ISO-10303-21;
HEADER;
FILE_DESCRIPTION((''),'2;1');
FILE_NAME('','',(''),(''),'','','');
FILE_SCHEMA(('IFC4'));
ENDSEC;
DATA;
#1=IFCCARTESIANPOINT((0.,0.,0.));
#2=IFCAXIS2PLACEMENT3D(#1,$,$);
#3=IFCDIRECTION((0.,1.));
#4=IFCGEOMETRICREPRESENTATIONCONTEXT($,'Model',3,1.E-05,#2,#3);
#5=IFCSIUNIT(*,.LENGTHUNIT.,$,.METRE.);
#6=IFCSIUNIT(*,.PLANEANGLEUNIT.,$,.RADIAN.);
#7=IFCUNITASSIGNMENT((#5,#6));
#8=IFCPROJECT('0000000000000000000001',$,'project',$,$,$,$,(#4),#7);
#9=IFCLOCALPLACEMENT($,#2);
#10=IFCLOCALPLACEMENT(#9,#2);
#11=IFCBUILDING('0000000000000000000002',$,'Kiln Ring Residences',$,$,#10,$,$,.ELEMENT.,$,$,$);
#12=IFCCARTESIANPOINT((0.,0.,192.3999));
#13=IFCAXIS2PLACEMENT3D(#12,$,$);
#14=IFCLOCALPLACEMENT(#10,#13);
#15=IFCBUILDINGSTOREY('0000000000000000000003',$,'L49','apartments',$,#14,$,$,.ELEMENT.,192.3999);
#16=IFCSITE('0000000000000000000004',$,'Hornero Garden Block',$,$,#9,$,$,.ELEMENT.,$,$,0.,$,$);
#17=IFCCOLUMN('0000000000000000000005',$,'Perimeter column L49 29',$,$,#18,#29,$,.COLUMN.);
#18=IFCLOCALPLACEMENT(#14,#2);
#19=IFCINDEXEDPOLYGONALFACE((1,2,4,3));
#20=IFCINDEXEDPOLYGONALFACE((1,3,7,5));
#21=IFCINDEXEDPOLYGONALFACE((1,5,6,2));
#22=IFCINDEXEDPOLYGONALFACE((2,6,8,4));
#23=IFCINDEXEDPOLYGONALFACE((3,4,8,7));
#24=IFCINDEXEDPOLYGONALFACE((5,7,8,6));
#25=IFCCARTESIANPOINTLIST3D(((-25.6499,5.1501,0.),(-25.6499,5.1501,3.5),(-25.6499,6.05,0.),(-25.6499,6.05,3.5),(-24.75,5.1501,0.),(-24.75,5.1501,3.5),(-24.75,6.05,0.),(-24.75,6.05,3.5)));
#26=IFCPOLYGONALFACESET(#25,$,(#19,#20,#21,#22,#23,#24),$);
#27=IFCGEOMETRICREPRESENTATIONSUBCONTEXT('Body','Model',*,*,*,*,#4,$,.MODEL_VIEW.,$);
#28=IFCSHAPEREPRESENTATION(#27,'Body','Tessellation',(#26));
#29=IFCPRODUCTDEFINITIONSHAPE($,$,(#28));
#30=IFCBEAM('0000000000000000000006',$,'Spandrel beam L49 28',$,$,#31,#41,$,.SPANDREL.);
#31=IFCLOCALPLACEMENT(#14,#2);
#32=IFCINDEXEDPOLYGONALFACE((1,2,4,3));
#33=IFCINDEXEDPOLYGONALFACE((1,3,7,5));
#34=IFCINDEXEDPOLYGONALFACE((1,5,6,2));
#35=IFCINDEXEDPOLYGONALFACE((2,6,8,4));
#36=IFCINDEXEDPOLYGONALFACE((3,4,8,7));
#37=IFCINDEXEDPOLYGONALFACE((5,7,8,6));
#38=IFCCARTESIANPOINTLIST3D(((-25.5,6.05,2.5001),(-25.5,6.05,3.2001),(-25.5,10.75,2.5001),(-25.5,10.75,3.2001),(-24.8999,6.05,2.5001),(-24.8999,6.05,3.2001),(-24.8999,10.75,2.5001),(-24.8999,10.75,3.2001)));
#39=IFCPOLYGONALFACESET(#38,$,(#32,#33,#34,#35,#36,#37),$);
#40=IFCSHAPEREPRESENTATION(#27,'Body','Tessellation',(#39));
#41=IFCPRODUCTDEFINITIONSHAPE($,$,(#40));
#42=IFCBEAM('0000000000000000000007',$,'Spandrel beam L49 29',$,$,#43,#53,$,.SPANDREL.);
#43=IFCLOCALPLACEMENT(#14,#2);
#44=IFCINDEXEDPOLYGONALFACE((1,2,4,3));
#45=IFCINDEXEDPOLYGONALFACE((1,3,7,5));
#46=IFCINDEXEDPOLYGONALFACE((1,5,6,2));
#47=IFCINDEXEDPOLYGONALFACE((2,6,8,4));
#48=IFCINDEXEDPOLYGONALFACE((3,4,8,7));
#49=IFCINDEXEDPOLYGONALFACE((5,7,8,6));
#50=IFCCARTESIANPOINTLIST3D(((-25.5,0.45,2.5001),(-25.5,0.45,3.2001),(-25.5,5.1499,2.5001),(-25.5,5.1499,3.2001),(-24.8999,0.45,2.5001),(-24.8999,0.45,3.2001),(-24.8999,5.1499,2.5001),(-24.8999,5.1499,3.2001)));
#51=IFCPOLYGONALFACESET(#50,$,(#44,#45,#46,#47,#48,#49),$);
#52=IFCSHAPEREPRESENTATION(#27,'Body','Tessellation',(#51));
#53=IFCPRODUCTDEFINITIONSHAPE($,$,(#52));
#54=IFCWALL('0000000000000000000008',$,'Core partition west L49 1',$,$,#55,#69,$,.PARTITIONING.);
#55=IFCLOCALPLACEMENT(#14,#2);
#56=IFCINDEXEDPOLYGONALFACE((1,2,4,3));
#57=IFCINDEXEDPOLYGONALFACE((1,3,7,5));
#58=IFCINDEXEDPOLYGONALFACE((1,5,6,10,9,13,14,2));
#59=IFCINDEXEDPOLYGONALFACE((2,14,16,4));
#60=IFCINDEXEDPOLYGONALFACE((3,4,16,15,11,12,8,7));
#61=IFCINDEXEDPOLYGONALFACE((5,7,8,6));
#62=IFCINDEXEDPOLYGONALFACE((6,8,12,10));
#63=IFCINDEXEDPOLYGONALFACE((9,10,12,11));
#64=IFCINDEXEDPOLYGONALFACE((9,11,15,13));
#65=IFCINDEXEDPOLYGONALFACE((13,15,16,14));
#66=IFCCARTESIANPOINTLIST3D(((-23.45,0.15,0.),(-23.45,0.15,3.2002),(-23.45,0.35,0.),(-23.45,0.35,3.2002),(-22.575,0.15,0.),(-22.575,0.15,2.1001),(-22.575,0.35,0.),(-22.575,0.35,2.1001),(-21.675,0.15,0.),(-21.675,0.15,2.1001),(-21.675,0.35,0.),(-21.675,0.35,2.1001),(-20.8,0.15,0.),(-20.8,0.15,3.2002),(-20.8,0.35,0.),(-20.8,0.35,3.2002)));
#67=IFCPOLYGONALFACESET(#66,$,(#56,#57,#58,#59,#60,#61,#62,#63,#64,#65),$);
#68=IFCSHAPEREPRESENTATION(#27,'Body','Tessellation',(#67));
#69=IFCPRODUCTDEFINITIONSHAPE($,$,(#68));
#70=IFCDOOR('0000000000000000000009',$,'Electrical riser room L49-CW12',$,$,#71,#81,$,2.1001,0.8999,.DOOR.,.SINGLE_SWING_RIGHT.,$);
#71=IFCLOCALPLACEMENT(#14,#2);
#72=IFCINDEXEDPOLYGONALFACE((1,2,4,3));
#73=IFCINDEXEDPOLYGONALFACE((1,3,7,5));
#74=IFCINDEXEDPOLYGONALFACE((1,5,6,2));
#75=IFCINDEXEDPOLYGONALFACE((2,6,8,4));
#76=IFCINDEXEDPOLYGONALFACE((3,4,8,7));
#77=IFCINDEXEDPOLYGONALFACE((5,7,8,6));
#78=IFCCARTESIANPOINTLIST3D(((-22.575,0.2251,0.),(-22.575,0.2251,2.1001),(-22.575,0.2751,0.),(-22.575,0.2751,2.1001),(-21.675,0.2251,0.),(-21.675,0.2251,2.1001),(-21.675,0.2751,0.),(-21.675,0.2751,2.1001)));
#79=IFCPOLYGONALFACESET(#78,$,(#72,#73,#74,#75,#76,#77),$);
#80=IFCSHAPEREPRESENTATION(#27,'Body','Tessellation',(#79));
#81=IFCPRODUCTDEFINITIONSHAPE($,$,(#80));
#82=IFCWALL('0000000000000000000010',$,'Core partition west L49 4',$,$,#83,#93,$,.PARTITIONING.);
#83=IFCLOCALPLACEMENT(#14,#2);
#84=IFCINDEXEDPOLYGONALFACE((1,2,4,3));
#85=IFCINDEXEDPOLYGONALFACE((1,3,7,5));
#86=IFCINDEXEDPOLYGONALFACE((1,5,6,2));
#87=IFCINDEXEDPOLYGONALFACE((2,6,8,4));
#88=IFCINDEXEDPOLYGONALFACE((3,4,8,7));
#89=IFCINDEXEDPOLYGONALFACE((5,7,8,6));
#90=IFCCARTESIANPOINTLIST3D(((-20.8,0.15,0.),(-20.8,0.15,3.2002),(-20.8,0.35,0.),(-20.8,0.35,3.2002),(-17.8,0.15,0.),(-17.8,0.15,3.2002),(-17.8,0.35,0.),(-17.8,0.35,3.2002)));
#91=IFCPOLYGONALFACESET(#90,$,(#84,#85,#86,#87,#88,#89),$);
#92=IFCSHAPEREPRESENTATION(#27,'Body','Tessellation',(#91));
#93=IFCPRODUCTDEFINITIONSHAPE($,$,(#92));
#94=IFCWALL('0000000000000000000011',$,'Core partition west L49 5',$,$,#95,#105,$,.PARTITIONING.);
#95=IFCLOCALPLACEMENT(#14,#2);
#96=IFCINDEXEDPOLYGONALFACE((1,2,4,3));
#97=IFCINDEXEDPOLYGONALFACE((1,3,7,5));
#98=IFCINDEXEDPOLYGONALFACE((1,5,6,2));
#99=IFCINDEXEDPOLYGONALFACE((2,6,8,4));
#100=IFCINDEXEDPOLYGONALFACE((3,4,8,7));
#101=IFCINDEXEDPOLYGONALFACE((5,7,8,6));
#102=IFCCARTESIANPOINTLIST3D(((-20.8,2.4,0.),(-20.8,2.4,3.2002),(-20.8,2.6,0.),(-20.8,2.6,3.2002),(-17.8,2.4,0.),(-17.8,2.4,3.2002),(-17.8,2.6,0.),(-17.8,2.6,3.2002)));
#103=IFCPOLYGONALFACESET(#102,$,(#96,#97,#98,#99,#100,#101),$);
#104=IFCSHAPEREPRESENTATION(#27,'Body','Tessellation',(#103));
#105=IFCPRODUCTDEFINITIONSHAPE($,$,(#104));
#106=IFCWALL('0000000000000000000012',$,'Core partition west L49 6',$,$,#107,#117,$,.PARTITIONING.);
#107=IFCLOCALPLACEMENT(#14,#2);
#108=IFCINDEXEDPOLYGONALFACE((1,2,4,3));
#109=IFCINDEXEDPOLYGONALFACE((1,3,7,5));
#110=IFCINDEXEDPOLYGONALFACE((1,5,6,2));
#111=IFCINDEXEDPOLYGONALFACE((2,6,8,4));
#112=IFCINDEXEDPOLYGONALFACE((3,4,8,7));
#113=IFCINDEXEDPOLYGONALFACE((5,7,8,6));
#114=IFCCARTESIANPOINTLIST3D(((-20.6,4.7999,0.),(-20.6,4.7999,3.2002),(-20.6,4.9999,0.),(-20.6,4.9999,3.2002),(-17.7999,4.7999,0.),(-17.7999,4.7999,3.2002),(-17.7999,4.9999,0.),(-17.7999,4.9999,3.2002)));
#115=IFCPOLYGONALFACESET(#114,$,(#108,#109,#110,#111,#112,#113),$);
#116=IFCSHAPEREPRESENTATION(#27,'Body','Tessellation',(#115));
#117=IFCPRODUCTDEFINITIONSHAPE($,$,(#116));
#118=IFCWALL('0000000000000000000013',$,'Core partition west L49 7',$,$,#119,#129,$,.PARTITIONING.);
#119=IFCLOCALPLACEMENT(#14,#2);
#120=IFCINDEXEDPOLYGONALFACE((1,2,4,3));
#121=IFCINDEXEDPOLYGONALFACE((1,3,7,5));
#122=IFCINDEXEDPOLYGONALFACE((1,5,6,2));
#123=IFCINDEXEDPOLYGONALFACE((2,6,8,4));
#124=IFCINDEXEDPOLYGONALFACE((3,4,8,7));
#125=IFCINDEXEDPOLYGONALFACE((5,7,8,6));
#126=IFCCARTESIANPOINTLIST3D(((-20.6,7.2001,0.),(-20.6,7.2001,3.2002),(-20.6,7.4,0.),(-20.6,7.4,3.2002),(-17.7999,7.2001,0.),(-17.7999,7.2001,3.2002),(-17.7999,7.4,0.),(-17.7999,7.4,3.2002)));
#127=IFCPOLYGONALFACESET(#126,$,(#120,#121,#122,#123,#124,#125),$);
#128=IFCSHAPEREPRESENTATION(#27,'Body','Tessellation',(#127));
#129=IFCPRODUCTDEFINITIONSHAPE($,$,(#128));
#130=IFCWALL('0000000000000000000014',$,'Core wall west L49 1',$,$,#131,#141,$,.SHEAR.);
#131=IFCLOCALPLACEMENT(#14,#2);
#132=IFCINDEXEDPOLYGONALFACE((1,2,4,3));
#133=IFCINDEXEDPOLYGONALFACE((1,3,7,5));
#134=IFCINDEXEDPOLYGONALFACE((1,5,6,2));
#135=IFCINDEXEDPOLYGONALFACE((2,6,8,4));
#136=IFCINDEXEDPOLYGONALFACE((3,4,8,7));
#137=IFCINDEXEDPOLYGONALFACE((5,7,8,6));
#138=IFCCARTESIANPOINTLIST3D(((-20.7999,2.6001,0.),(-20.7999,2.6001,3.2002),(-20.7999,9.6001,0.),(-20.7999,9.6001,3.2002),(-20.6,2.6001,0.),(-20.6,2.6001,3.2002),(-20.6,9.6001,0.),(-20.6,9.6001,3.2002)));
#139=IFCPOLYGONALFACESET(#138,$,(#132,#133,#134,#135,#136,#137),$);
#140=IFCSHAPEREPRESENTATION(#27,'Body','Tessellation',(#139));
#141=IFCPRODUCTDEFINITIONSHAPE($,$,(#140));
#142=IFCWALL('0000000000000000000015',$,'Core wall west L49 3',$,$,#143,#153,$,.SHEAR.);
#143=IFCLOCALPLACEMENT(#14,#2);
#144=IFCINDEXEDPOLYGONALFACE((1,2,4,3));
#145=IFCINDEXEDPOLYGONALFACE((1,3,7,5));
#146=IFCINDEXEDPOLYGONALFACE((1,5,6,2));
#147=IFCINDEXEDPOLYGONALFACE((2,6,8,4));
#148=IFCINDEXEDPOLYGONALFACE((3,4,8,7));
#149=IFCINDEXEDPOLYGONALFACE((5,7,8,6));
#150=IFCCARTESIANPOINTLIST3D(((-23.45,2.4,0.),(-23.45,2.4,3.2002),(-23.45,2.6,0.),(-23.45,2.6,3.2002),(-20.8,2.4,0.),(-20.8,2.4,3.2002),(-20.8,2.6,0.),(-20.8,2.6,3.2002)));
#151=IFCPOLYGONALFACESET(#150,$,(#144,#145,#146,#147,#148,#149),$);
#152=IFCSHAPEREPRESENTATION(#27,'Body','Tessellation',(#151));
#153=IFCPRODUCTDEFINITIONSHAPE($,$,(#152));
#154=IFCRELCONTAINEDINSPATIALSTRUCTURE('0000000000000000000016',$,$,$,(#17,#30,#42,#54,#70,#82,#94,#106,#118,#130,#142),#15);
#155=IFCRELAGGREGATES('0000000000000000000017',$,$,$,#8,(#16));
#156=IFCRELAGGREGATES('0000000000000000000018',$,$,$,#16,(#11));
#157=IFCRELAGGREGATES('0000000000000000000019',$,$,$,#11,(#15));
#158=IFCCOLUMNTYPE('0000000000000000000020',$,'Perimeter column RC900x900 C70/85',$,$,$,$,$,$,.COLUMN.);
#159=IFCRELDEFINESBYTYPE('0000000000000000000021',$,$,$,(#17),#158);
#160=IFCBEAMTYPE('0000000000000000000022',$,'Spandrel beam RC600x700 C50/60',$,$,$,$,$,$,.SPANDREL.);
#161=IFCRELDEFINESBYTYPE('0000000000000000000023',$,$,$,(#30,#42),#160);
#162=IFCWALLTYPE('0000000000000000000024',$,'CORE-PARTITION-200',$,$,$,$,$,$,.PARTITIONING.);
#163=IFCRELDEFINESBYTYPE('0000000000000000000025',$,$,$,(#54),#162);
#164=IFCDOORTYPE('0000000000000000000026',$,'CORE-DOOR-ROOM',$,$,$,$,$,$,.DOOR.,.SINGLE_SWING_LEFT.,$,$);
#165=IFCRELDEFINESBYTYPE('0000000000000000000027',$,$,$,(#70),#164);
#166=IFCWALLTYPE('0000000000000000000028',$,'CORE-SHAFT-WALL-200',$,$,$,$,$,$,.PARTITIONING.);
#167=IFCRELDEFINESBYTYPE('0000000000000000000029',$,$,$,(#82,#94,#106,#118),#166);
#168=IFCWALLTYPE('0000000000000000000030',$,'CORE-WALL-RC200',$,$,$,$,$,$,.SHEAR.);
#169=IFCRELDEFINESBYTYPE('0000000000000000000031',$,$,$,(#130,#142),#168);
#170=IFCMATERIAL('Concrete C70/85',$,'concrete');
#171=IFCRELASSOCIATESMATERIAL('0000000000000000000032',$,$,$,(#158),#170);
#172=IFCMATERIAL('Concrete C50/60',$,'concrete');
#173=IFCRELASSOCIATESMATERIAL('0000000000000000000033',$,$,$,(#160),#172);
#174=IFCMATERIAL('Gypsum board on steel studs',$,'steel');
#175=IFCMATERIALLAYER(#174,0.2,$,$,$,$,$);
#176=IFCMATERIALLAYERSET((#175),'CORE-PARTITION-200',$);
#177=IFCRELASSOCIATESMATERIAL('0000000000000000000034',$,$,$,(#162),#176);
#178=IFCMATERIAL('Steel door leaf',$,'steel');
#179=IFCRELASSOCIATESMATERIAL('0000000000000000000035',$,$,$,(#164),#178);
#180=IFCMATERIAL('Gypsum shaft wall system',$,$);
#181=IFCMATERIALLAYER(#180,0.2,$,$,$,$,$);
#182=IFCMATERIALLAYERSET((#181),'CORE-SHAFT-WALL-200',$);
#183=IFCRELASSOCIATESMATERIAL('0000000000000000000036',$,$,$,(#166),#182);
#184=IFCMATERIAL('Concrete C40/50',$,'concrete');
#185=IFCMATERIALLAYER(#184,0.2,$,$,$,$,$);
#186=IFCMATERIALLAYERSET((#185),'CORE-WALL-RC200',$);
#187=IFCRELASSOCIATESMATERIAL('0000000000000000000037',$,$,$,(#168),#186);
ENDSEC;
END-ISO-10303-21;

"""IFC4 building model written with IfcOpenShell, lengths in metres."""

from ifc_helpers import new_model, si_unit, direction, frame, frame_2d, origin, origin_2d, place, context, subcontext, project, spatial, rectangle, extrude, material, layer, layer_set, material_profile, profile_set, type_object, element, fill, save


model = new_model("IFC4")

# Units and contexts
model_context = context("Model", 3, precision=1e-05, world=origin(), true_north=direction((0.0, 1.0)))
body_context = subcontext(model_context, "Body", "Model", "MODEL_VIEW")
ifc_project = project(units=[si_unit("LENGTHUNIT", "METRE"), si_unit("PLANEANGLEUNIT", "RADIAN")], contexts=[model_context])

# Site, building, storey
site_placement = place(None, origin())
site = spatial("IfcSite", under=ifc_project, at=site_placement, Name="Hornero Garden Block", CompositionType="ELEMENT", RefElevation=0.0)
building_placement = place(site_placement, origin())
building = spatial("IfcBuilding", under=site, at=building_placement, Name="Kiln Ring Residences", CompositionType="ELEMENT")
storey_placement = place(building_placement, frame((0.0, 0.0, 192.3999)))
storey = spatial("IfcBuildingStorey", under=building, at=storey_placement, Name="L49", Description="apartments", CompositionType="ELEMENT", Elevation=192.3999)

# Column
ifc_material_1 = material(Name="Concrete C70/85", Category="concrete")
ifc_material_profile_1 = material_profile(ifc_material_1, rectangle(XDim=0.8999, YDim=0.8999, at=origin_2d()), Name="RC900x900")
ifc_profile_set_1 = profile_set([ifc_material_profile_1], Name="Concrete C70/85")
column_type = type_object("IfcColumnType", Name="Perimeter column RC900x900 C70/85", PredefinedType="COLUMN", material=ifc_profile_set_1)
column_placement = place(storey_placement, frame((-25.2, 5.6001, 0.0), z_axis=(0.0, 0.0, 1.0), x_axis=(1.0, 0.0, 0.0)))
element("IfcColumn", 1, at=column_placement, inside=storey, type_object=column_type, Name="Perimeter column L49 29", PredefinedType="COLUMN", context=body_context, shape_type="SweptSolid", body=[
    extrude(rectangle(XDim=0.8999, YDim=0.8999, at=origin_2d()), origin(), (0.0, 0.0, 1.0), 3.5),
])

# Beams
ifc_material_2 = material(Name="Concrete C50/60", Category="concrete")
ifc_material_profile_2 = material_profile(ifc_material_2, rectangle(XDim=0.6001, YDim=0.7, at=origin_2d()), Name="RC600x700")
ifc_profile_set_2 = profile_set([ifc_material_profile_2], Name="Concrete C50/60")
beam_type = type_object("IfcBeamType", Name="Spandrel beam RC600x700 C50/60", PredefinedType="SPANDREL", material=ifc_profile_set_2)
for number, where, z_axis, x_axis, name in (
    (2, (-25.2, 10.75, 2.8501), (0.0, -1.0, 0.0), (1.0, 0.0, 0.0), "Spandrel beam L49 28"),
    (3, (-25.2, 5.1499, 2.8501), (0.0, -1.0, 0.0), (1.0, 0.0, 0.0), "Spandrel beam L49 29"),
):
    element("IfcBeam", number, at=place(storey_placement, frame(where, z_axis=z_axis, x_axis=x_axis)), inside=storey, type_object=beam_type, Name=name, PredefinedType="SPANDREL", context=body_context, shape_type="SweptSolid", body=[
        extrude(rectangle(XDim=0.6001, YDim=0.7, at=origin_2d()), origin(), (0.0, 0.0, 1.0), 4.7),
    ])

# Wall, opening, door
ifc_material_3 = material(Name="Gypsum board on steel studs", Category="steel")
ifc_layer_1 = layer(ifc_material_3, 0.2)
ifc_layer_set_1 = layer_set([ifc_layer_1], Name="CORE-PARTITION-200")
wall_type_1 = type_object("IfcWallType", Name="CORE-PARTITION-200", PredefinedType="PARTITIONING", material=ifc_layer_set_1)
wall_1_placement = place(storey_placement, frame((-20.8, 0.25, 0.0), z_axis=(0.0, 0.0, 1.0), x_axis=(-1.0, 0.0, 0.0)))
wall_1 = element("IfcWall", 4, at=wall_1_placement, inside=storey, type_object=wall_type_1, Name="Core partition west L49 1", PredefinedType="PARTITIONING", context=body_context, shape_type="SweptSolid", body=[
    extrude(rectangle(XDim=2.6499, YDim=0.2, at=frame_2d((1.325, 0.0))), origin(), (0.0, 0.0, 1.0), 3.2002),
])
opening_1_placement = place(wall_1_placement, frame((0.875, 0.0, 0.0)))
opening_1 = element("IfcOpeningElement", 5, at=opening_1_placement, cuts=wall_1, PredefinedType="OPENING", context=body_context, shape_type="SweptSolid", body=[
    extrude(rectangle(XDim=0.8999, YDim=2.1001, at=frame_2d((0.45, 1.05))), frame((0.0, 0.1099, 0.0), z_axis=(0.0, -1.0, 0.0), x_axis=(1.0, 0.0, 0.0)), (0.0, 0.0, 1.0), 0.22),
])
ifc_material_4 = material(Name="Steel door leaf", Category="steel")
door_type_1 = type_object("IfcDoorType", Name="CORE-DOOR-ROOM", OperationType="SINGLE_SWING_LEFT", PredefinedType="DOOR", material=ifc_material_4)
door_1_placement = place(opening_1_placement, origin())
door_1 = element("IfcDoor", 6, at=door_1_placement, inside=storey, type_object=door_type_1, Name="Electrical riser room L49-CW12", OperationType="SINGLE_SWING_RIGHT", OverallHeight=2.1001, OverallWidth=0.8999, PredefinedType="DOOR", context=body_context, shape_type="SweptSolid", body=[
    extrude(rectangle(XDim=0.8999, YDim=2.1001, at=frame_2d((0.45, 1.05))), frame((0.0, 0.0249, 0.0), z_axis=(0.0, -1.0, 0.0), x_axis=(1.0, 0.0, 0.0)), (0.0, 0.0, 1.0), 0.05),
])
fill(opening_1, door_1)

# Walls
ifc_material_5 = material(Name="Gypsum shaft wall system")
ifc_layer_2 = layer(ifc_material_5, 0.2)
ifc_layer_set_2 = layer_set([ifc_layer_2], Name="CORE-SHAFT-WALL-200")
wall_type_2 = type_object("IfcWallType", Name="CORE-SHAFT-WALL-200", PredefinedType="PARTITIONING", material=ifc_layer_set_2)
for number, where, z_axis, x_axis, name in (
    (7, (-17.8, 0.25, 0.0), (0.0, 0.0, 1.0), (-1.0, 0.0, 0.0), "Core partition west L49 4"),
    (8, (-17.8, 2.5, 0.0), (0.0, 0.0, 1.0), (-1.0, 0.0, 0.0), "Core partition west L49 5"),
):
    element("IfcWall", number, at=place(storey_placement, frame(where, z_axis=z_axis, x_axis=x_axis)), inside=storey, type_object=wall_type_2, Name=name, PredefinedType="PARTITIONING", context=body_context, shape_type="SweptSolid", body=[
        extrude(rectangle(XDim=3.0, YDim=0.2, at=frame_2d((1.5, 0.0))), origin(), (0.0, 0.0, 1.0), 3.2002),
    ])
for number, where, z_axis, x_axis, name in (
    (9, (-17.8, 4.8999, 0.0), (0.0, 0.0, 1.0), (-1.0, 0.0, 0.0), "Core partition west L49 6"),
    (10, (-17.8, 7.3, 0.0), (0.0, 0.0, 1.0), (-1.0, 0.0, 0.0), "Core partition west L49 7"),
):
    element("IfcWall", number, at=place(storey_placement, frame(where, z_axis=z_axis, x_axis=x_axis)), inside=storey, type_object=wall_type_2, Name=name, PredefinedType="PARTITIONING", context=body_context, shape_type="SweptSolid", body=[
        extrude(rectangle(XDim=2.8, YDim=0.2, at=frame_2d((1.3999, 0.0))), origin(), (0.0, 0.0, 1.0), 3.2002),
    ])
ifc_material_6 = material(Name="Concrete C40/50", Category="concrete")
ifc_layer_3 = layer(ifc_material_6, 0.2)
ifc_layer_set_3 = layer_set([ifc_layer_3], Name="CORE-WALL-RC200")
wall_type_3 = type_object("IfcWallType", Name="CORE-WALL-RC200", PredefinedType="SHEAR", material=ifc_layer_set_3)
wall_2_placement = place(storey_placement, frame((-20.7, 2.6001, 0.0), z_axis=(0.0, 0.0, 1.0), x_axis=(0.0, 1.0, 0.0)))
element("IfcWall", 11, at=wall_2_placement, inside=storey, type_object=wall_type_3, Name="Core wall west L49 1", PredefinedType="SHEAR", context=body_context, shape_type="SweptSolid", body=[
    extrude(rectangle(XDim=7.0, YDim=0.2, at=frame_2d((3.5, 0.0))), origin(), (0.0, 0.0, 1.0), 3.2002),
])
wall_3_placement = place(storey_placement, frame((-20.8, 2.5, 0.0), z_axis=(0.0, 0.0, 1.0), x_axis=(-1.0, 0.0, 0.0)))
element("IfcWall", 12, at=wall_3_placement, inside=storey, type_object=wall_type_3, Name="Core wall west L49 3", PredefinedType="SHEAR", context=body_context, shape_type="SweptSolid", body=[
    extrude(rectangle(XDim=2.6499, YDim=0.2, at=frame_2d((1.325, 0.0))), origin(), (0.0, 0.0, 1.0), 3.2002),
])

save(model, "model.ifc")
